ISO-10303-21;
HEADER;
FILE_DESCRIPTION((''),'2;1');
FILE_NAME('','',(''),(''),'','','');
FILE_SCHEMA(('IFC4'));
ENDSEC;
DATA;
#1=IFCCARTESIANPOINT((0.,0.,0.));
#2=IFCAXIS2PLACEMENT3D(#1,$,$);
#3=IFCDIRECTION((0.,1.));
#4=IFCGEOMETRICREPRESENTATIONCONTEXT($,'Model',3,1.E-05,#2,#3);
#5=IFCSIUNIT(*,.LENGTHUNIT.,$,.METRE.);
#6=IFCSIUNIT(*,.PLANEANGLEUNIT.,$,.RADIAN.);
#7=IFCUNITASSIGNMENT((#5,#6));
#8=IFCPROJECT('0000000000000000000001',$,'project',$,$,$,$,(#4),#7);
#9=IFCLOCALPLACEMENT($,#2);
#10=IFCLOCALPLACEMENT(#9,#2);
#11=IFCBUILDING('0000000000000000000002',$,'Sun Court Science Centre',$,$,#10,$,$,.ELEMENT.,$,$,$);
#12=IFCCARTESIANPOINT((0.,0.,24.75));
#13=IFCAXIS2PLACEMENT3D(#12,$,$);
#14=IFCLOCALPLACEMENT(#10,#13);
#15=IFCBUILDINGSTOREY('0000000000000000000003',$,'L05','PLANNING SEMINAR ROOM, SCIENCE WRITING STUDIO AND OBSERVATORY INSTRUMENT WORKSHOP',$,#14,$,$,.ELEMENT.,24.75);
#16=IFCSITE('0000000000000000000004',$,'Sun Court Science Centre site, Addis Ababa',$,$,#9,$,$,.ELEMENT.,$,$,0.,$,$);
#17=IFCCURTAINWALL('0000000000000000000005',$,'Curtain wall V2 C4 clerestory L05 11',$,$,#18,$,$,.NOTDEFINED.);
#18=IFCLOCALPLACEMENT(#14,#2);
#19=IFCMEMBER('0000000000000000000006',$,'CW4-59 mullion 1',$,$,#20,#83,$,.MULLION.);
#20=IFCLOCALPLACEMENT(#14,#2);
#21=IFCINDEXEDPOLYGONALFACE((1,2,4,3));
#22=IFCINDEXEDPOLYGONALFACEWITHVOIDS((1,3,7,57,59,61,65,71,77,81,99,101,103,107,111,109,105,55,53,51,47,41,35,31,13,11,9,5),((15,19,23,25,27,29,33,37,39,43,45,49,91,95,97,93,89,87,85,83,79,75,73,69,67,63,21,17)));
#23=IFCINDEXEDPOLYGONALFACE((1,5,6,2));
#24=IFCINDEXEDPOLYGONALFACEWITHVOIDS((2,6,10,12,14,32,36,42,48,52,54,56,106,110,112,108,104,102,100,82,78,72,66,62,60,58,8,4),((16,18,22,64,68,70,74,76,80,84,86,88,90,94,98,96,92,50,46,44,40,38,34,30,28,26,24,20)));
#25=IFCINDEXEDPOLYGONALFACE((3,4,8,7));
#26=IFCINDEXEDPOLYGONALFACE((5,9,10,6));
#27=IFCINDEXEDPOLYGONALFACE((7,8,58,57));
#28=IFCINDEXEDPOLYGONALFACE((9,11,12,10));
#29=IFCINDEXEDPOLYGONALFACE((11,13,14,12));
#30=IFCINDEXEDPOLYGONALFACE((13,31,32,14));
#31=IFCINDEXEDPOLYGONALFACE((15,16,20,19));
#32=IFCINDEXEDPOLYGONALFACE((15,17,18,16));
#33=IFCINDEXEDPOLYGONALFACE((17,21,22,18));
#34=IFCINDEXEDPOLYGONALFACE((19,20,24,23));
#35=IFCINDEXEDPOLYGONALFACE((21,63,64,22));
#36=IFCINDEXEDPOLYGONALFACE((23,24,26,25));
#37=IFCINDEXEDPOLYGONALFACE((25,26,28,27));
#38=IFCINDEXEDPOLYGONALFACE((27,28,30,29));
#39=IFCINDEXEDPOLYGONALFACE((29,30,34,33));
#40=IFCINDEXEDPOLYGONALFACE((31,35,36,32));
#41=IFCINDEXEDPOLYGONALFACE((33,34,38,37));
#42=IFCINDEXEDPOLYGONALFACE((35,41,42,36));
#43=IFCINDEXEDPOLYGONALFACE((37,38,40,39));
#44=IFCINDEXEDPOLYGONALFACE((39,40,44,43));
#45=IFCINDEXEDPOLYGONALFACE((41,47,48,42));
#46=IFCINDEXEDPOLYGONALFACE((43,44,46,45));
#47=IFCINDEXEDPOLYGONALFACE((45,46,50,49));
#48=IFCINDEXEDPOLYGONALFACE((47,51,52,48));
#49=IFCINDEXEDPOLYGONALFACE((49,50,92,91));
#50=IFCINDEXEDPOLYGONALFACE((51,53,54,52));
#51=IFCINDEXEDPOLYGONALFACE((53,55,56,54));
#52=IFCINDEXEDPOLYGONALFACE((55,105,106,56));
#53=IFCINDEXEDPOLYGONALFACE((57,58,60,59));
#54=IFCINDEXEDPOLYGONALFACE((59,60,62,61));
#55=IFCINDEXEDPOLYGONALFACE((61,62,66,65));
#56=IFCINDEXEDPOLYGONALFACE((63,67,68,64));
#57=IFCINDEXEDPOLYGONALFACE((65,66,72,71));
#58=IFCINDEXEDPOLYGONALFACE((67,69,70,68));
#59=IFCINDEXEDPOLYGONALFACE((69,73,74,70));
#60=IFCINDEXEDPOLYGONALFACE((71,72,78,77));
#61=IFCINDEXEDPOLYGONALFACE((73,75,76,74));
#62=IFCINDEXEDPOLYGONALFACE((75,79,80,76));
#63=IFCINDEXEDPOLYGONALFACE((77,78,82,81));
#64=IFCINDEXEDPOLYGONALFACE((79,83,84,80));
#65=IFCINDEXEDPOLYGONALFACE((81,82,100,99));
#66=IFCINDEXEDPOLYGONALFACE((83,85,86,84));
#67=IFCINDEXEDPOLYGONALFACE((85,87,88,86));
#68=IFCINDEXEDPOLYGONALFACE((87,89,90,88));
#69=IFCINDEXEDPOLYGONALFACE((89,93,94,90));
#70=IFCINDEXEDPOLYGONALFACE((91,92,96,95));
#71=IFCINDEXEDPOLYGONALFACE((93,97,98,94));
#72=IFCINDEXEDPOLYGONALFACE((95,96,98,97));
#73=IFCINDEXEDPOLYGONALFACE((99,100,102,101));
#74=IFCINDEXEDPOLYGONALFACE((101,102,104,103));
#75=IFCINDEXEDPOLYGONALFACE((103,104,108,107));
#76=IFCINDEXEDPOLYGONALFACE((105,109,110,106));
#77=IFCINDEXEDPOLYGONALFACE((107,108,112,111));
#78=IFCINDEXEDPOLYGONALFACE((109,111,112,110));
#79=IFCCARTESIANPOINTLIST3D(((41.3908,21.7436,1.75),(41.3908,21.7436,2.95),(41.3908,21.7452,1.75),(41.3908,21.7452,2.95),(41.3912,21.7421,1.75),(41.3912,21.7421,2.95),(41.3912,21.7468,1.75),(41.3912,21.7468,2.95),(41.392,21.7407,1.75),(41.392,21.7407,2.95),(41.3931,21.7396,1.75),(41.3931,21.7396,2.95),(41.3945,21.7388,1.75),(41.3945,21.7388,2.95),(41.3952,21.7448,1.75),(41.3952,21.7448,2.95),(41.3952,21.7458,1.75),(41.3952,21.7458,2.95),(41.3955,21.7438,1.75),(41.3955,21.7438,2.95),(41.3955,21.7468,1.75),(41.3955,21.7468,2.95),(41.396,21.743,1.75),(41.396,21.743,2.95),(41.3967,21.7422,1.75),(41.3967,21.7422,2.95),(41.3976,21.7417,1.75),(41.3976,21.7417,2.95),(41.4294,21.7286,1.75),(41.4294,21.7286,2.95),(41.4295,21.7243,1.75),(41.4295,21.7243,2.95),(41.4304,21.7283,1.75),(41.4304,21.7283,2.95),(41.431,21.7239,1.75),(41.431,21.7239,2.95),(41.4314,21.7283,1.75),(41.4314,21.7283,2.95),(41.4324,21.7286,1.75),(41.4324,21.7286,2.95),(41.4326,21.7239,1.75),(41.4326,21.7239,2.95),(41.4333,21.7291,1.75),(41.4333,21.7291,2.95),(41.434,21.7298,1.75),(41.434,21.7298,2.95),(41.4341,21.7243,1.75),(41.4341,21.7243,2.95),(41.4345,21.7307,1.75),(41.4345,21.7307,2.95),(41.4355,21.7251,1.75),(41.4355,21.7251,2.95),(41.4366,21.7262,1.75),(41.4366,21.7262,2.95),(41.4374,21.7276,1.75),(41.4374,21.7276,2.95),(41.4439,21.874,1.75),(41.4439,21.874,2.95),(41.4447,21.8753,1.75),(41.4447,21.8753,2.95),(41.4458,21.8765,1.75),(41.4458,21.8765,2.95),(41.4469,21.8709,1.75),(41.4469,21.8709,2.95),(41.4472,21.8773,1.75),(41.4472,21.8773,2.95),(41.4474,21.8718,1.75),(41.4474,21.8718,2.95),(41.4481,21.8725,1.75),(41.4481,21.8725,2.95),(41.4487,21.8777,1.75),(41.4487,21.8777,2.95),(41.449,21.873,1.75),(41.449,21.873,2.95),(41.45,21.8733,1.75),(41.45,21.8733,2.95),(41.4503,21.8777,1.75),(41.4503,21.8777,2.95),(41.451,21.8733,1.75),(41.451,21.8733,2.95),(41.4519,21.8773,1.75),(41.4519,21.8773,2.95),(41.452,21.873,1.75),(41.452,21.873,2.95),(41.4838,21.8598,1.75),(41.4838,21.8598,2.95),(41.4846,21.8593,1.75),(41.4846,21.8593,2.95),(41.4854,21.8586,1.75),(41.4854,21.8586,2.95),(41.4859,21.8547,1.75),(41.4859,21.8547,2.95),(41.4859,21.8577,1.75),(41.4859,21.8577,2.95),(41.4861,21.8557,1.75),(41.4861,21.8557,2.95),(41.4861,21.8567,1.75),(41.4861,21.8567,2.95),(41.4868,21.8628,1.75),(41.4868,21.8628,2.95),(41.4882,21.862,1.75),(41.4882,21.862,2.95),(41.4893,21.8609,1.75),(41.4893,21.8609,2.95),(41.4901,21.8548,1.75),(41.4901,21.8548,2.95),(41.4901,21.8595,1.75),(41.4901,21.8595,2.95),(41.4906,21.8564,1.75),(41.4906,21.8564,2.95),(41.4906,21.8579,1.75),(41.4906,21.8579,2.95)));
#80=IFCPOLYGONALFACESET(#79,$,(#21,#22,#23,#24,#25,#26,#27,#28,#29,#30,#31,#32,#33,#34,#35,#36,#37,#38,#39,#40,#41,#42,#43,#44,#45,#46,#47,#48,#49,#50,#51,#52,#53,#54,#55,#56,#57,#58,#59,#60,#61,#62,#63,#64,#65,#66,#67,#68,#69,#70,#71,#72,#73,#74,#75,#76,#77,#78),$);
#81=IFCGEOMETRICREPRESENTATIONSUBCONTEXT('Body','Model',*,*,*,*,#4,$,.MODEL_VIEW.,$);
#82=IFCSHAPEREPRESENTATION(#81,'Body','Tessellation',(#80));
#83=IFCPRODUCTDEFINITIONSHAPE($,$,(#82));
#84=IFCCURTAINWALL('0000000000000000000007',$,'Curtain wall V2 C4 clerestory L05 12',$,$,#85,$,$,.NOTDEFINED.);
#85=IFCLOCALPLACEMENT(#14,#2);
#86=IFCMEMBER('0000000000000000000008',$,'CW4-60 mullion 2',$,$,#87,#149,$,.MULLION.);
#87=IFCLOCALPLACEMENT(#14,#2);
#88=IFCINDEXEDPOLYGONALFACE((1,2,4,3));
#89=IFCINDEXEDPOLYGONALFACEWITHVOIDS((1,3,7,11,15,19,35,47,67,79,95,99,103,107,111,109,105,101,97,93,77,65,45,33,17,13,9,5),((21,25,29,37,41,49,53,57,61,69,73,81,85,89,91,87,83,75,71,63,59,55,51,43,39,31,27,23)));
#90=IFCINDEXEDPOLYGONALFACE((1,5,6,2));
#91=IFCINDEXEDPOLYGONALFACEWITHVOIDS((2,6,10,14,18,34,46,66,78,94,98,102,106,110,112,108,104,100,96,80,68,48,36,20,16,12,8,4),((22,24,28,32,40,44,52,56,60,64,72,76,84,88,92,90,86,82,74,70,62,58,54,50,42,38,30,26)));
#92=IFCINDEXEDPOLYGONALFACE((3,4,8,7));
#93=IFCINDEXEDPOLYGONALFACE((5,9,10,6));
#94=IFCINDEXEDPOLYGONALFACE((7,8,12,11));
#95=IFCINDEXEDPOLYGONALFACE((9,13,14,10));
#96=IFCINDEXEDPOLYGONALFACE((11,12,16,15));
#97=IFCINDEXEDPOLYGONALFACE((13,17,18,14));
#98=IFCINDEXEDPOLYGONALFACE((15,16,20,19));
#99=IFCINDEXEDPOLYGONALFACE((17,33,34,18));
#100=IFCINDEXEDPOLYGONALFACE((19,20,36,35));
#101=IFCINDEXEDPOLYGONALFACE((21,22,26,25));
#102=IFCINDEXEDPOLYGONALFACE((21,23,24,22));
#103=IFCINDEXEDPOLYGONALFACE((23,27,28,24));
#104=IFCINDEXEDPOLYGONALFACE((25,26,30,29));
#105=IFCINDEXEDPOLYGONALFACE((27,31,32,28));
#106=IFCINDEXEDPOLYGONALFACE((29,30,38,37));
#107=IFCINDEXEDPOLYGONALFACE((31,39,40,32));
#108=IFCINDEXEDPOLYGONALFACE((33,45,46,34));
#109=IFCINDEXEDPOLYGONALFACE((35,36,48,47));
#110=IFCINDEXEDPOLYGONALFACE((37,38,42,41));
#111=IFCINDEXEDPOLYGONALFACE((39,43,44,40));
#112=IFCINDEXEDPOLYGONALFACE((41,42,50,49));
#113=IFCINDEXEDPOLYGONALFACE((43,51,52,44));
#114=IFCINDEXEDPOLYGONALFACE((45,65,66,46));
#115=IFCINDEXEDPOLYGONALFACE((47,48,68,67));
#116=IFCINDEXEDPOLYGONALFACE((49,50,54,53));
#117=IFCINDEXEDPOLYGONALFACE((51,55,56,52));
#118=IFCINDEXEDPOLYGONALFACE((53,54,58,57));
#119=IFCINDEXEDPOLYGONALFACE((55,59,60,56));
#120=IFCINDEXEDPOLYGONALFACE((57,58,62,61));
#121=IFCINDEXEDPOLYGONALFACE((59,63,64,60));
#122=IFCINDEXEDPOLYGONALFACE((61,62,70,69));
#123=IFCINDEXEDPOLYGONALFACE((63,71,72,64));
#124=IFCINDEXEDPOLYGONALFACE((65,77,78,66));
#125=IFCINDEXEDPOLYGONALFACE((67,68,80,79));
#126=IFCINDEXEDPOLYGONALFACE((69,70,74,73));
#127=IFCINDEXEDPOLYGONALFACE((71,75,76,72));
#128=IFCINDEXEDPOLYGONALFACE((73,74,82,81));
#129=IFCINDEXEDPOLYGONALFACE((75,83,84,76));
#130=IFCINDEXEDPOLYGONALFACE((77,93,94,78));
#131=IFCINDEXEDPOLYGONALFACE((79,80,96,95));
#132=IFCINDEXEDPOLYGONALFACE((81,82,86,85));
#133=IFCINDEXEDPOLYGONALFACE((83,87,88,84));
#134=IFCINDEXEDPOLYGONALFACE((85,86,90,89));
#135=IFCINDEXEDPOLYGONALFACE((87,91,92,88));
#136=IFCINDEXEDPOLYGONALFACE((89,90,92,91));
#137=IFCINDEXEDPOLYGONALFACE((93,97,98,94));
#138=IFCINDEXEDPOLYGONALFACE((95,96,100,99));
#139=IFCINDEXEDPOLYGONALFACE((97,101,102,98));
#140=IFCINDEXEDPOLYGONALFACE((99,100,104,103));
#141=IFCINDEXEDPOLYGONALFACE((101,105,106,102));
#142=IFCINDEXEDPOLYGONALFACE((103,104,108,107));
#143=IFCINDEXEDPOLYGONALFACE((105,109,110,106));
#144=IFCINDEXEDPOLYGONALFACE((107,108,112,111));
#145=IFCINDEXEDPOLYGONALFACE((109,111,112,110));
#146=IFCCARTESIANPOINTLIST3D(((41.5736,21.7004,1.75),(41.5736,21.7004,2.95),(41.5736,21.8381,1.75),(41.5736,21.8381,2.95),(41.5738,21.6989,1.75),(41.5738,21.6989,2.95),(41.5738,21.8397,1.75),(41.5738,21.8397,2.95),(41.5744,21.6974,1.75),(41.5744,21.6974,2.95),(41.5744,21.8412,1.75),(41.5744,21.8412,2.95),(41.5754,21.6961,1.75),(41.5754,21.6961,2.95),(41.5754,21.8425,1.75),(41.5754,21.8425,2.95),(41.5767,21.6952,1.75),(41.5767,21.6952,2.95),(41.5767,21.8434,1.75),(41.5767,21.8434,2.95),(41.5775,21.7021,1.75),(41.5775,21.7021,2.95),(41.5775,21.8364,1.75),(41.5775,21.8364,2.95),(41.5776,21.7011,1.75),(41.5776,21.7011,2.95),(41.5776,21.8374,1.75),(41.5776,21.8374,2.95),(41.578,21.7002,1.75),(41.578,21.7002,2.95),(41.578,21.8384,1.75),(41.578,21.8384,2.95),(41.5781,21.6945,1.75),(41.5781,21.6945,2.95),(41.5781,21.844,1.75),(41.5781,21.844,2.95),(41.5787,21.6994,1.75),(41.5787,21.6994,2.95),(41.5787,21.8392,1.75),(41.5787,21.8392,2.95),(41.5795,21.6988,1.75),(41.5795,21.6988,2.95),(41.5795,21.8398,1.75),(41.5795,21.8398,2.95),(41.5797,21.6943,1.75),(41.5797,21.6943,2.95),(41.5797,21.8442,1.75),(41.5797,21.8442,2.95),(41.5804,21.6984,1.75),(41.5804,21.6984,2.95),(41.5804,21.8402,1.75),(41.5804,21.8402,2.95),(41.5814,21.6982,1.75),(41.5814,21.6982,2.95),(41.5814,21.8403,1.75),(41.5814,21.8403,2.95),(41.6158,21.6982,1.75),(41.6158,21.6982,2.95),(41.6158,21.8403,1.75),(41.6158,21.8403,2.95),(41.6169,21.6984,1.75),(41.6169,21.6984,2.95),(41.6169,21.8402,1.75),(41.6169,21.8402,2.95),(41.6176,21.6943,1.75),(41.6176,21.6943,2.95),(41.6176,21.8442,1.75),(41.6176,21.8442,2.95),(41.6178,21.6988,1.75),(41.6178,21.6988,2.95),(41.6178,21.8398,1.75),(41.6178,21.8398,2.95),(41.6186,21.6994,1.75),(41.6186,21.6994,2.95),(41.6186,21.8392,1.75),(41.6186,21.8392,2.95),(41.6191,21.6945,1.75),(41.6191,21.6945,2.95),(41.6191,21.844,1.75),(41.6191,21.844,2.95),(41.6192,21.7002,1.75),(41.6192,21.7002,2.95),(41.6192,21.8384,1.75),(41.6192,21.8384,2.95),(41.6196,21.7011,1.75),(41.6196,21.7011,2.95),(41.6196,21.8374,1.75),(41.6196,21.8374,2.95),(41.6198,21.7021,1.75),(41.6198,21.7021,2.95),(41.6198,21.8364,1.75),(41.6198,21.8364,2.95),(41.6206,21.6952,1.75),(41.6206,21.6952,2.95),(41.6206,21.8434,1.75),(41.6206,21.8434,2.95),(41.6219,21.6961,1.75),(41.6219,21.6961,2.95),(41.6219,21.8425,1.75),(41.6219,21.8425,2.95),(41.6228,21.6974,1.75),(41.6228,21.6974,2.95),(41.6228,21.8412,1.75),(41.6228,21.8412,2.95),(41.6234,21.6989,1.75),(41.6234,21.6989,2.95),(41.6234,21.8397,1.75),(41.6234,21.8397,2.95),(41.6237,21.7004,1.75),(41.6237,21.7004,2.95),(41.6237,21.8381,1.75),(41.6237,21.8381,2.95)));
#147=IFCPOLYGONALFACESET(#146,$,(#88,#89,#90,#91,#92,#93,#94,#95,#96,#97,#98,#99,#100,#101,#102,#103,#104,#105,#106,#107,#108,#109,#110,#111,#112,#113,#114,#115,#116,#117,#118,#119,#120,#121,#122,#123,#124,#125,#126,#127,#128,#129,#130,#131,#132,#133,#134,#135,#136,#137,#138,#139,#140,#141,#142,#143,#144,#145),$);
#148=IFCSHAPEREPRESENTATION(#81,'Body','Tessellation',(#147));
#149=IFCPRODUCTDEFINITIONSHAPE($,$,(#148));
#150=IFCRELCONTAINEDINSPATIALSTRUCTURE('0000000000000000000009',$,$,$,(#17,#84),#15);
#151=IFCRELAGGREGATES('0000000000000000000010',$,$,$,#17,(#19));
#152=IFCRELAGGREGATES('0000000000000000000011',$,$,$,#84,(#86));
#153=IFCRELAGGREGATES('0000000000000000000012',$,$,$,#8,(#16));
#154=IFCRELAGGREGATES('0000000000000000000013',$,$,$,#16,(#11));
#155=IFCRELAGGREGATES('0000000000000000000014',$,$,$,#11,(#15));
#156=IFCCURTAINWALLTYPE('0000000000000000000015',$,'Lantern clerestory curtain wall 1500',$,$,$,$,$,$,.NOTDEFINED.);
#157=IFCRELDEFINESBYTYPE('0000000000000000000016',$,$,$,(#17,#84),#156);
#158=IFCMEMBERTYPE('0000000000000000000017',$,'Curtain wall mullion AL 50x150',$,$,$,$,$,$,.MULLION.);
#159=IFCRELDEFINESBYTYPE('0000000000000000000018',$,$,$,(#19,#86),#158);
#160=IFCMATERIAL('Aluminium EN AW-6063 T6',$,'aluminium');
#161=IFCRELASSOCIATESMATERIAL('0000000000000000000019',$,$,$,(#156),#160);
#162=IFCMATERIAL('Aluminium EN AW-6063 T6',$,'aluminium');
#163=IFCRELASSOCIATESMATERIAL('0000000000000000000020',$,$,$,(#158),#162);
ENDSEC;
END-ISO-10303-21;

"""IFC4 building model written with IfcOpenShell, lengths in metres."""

from ifc_helpers import new_model, si_unit, direction, frame, origin, origin_2d, place, context, subcontext, project, spatial, hollow_rectangle, extrude, material, material_profile, profile_set, type_object, element, aggregate, save


model = new_model("IFC4")

# Units and contexts
model_context = context("Model", 3, precision=1e-05, world=origin(), true_north=direction((0.0, 1.0)))
body_context = subcontext(model_context, "Body", "Model", "MODEL_VIEW")
ifc_project = project(units=[si_unit("LENGTHUNIT", "METRE"), si_unit("PLANEANGLEUNIT", "RADIAN")], contexts=[model_context])

# Site, building, storey
site_placement = place(None, origin())
site = spatial("IfcSite", under=ifc_project, at=site_placement, Name="Sun Court Science Centre site, Addis Ababa", CompositionType="ELEMENT", RefElevation=0.0)
building_placement = place(site_placement, origin())
building = spatial("IfcBuilding", under=site, at=building_placement, Name="Sun Court Science Centre", CompositionType="ELEMENT")
storey_placement = place(building_placement, frame((0.0, 0.0, 24.75)))
storey = spatial("IfcBuildingStorey", under=building, at=storey_placement, Name="L05", Description="PLANNING SEMINAR ROOM, SCIENCE WRITING STUDIO AND OBSERVATORY INSTRUMENT WORKSHOP", CompositionType="ELEMENT", Elevation=24.75)

# Shared definitions
ifc_material_1 = material(Name="Aluminium EN AW-6063 T6", Category="aluminium")
curtain_wall_type = type_object("IfcCurtainWallType", Name="Lantern clerestory curtain wall 1500", PredefinedType="NOTDEFINED", material=ifc_material_1)
ifc_material_2 = material(Name="Aluminium EN AW-6063 T6", Category="aluminium")
ifc_material_profile_1 = material_profile(ifc_material_2, hollow_rectangle(XDim=0.05, YDim=0.1499, WallThickness=0.0039, InnerFilletRadius=0.0039, OuterFilletRadius=0.0061, at=origin_2d()), Name="AL 50x150x4")
ifc_profile_set_1 = profile_set([ifc_material_profile_1], Name="Aluminium EN AW-6063 T6")
member_type_1 = type_object("IfcMemberType", Name="Curtain wall mullion AL 50x150", PredefinedType="MULLION", material=ifc_profile_set_1)

# Curtain walls, members
curtain_wall_1_placement = place(storey_placement, origin())
curtain_wall_1 = element("IfcCurtainWall", 1, at=curtain_wall_1_placement, inside=storey, type_object=curtain_wall_type, Name="Curtain wall V2 C4 clerestory L05 11", PredefinedType="NOTDEFINED")
member_1_placement = place(storey_placement, frame((41.4407, 21.8008, 1.75), z_axis=(0.0, 0.0, 1.0), x_axis=(-0.92388, 0.382683, 0.0)))
member_1 = element("IfcMember", 2, at=member_1_placement, type_object=member_type_1, Name="CW4-59 mullion 1", PredefinedType="MULLION", context=body_context, shape_type="SweptSolid", body=[
    extrude(hollow_rectangle(XDim=0.05, YDim=0.1499, WallThickness=0.0039, InnerFilletRadius=0.0039, OuterFilletRadius=0.0061, at=origin_2d()), origin(), (0.0, 0.0, 1.0), 1.2),
])
curtain_wall_2_placement = place(storey_placement, origin())
curtain_wall_2 = element("IfcCurtainWall", 3, at=curtain_wall_2_placement, inside=storey, type_object=curtain_wall_type, Name="Curtain wall V2 C4 clerestory L05 12", PredefinedType="NOTDEFINED")
member_2_placement = place(storey_placement, frame((41.5986, 21.7693, 1.75), z_axis=(0.0, 0.0, 1.0), x_axis=(-1.0, 0.0, 0.0)))
member_2 = element("IfcMember", 4, at=member_2_placement, type_object=member_type_1, Name="CW4-60 mullion 2", PredefinedType="MULLION", context=body_context, shape_type="SweptSolid", body=[
    extrude(hollow_rectangle(XDim=0.05, YDim=0.1499, WallThickness=0.0039, InnerFilletRadius=0.0039, OuterFilletRadius=0.0061, at=origin_2d()), origin(), (0.0, 0.0, 1.0), 1.2),
])

aggregate(curtain_wall_1, [member_1])
aggregate(curtain_wall_2, [member_2])

save(model, "model.ifc")
